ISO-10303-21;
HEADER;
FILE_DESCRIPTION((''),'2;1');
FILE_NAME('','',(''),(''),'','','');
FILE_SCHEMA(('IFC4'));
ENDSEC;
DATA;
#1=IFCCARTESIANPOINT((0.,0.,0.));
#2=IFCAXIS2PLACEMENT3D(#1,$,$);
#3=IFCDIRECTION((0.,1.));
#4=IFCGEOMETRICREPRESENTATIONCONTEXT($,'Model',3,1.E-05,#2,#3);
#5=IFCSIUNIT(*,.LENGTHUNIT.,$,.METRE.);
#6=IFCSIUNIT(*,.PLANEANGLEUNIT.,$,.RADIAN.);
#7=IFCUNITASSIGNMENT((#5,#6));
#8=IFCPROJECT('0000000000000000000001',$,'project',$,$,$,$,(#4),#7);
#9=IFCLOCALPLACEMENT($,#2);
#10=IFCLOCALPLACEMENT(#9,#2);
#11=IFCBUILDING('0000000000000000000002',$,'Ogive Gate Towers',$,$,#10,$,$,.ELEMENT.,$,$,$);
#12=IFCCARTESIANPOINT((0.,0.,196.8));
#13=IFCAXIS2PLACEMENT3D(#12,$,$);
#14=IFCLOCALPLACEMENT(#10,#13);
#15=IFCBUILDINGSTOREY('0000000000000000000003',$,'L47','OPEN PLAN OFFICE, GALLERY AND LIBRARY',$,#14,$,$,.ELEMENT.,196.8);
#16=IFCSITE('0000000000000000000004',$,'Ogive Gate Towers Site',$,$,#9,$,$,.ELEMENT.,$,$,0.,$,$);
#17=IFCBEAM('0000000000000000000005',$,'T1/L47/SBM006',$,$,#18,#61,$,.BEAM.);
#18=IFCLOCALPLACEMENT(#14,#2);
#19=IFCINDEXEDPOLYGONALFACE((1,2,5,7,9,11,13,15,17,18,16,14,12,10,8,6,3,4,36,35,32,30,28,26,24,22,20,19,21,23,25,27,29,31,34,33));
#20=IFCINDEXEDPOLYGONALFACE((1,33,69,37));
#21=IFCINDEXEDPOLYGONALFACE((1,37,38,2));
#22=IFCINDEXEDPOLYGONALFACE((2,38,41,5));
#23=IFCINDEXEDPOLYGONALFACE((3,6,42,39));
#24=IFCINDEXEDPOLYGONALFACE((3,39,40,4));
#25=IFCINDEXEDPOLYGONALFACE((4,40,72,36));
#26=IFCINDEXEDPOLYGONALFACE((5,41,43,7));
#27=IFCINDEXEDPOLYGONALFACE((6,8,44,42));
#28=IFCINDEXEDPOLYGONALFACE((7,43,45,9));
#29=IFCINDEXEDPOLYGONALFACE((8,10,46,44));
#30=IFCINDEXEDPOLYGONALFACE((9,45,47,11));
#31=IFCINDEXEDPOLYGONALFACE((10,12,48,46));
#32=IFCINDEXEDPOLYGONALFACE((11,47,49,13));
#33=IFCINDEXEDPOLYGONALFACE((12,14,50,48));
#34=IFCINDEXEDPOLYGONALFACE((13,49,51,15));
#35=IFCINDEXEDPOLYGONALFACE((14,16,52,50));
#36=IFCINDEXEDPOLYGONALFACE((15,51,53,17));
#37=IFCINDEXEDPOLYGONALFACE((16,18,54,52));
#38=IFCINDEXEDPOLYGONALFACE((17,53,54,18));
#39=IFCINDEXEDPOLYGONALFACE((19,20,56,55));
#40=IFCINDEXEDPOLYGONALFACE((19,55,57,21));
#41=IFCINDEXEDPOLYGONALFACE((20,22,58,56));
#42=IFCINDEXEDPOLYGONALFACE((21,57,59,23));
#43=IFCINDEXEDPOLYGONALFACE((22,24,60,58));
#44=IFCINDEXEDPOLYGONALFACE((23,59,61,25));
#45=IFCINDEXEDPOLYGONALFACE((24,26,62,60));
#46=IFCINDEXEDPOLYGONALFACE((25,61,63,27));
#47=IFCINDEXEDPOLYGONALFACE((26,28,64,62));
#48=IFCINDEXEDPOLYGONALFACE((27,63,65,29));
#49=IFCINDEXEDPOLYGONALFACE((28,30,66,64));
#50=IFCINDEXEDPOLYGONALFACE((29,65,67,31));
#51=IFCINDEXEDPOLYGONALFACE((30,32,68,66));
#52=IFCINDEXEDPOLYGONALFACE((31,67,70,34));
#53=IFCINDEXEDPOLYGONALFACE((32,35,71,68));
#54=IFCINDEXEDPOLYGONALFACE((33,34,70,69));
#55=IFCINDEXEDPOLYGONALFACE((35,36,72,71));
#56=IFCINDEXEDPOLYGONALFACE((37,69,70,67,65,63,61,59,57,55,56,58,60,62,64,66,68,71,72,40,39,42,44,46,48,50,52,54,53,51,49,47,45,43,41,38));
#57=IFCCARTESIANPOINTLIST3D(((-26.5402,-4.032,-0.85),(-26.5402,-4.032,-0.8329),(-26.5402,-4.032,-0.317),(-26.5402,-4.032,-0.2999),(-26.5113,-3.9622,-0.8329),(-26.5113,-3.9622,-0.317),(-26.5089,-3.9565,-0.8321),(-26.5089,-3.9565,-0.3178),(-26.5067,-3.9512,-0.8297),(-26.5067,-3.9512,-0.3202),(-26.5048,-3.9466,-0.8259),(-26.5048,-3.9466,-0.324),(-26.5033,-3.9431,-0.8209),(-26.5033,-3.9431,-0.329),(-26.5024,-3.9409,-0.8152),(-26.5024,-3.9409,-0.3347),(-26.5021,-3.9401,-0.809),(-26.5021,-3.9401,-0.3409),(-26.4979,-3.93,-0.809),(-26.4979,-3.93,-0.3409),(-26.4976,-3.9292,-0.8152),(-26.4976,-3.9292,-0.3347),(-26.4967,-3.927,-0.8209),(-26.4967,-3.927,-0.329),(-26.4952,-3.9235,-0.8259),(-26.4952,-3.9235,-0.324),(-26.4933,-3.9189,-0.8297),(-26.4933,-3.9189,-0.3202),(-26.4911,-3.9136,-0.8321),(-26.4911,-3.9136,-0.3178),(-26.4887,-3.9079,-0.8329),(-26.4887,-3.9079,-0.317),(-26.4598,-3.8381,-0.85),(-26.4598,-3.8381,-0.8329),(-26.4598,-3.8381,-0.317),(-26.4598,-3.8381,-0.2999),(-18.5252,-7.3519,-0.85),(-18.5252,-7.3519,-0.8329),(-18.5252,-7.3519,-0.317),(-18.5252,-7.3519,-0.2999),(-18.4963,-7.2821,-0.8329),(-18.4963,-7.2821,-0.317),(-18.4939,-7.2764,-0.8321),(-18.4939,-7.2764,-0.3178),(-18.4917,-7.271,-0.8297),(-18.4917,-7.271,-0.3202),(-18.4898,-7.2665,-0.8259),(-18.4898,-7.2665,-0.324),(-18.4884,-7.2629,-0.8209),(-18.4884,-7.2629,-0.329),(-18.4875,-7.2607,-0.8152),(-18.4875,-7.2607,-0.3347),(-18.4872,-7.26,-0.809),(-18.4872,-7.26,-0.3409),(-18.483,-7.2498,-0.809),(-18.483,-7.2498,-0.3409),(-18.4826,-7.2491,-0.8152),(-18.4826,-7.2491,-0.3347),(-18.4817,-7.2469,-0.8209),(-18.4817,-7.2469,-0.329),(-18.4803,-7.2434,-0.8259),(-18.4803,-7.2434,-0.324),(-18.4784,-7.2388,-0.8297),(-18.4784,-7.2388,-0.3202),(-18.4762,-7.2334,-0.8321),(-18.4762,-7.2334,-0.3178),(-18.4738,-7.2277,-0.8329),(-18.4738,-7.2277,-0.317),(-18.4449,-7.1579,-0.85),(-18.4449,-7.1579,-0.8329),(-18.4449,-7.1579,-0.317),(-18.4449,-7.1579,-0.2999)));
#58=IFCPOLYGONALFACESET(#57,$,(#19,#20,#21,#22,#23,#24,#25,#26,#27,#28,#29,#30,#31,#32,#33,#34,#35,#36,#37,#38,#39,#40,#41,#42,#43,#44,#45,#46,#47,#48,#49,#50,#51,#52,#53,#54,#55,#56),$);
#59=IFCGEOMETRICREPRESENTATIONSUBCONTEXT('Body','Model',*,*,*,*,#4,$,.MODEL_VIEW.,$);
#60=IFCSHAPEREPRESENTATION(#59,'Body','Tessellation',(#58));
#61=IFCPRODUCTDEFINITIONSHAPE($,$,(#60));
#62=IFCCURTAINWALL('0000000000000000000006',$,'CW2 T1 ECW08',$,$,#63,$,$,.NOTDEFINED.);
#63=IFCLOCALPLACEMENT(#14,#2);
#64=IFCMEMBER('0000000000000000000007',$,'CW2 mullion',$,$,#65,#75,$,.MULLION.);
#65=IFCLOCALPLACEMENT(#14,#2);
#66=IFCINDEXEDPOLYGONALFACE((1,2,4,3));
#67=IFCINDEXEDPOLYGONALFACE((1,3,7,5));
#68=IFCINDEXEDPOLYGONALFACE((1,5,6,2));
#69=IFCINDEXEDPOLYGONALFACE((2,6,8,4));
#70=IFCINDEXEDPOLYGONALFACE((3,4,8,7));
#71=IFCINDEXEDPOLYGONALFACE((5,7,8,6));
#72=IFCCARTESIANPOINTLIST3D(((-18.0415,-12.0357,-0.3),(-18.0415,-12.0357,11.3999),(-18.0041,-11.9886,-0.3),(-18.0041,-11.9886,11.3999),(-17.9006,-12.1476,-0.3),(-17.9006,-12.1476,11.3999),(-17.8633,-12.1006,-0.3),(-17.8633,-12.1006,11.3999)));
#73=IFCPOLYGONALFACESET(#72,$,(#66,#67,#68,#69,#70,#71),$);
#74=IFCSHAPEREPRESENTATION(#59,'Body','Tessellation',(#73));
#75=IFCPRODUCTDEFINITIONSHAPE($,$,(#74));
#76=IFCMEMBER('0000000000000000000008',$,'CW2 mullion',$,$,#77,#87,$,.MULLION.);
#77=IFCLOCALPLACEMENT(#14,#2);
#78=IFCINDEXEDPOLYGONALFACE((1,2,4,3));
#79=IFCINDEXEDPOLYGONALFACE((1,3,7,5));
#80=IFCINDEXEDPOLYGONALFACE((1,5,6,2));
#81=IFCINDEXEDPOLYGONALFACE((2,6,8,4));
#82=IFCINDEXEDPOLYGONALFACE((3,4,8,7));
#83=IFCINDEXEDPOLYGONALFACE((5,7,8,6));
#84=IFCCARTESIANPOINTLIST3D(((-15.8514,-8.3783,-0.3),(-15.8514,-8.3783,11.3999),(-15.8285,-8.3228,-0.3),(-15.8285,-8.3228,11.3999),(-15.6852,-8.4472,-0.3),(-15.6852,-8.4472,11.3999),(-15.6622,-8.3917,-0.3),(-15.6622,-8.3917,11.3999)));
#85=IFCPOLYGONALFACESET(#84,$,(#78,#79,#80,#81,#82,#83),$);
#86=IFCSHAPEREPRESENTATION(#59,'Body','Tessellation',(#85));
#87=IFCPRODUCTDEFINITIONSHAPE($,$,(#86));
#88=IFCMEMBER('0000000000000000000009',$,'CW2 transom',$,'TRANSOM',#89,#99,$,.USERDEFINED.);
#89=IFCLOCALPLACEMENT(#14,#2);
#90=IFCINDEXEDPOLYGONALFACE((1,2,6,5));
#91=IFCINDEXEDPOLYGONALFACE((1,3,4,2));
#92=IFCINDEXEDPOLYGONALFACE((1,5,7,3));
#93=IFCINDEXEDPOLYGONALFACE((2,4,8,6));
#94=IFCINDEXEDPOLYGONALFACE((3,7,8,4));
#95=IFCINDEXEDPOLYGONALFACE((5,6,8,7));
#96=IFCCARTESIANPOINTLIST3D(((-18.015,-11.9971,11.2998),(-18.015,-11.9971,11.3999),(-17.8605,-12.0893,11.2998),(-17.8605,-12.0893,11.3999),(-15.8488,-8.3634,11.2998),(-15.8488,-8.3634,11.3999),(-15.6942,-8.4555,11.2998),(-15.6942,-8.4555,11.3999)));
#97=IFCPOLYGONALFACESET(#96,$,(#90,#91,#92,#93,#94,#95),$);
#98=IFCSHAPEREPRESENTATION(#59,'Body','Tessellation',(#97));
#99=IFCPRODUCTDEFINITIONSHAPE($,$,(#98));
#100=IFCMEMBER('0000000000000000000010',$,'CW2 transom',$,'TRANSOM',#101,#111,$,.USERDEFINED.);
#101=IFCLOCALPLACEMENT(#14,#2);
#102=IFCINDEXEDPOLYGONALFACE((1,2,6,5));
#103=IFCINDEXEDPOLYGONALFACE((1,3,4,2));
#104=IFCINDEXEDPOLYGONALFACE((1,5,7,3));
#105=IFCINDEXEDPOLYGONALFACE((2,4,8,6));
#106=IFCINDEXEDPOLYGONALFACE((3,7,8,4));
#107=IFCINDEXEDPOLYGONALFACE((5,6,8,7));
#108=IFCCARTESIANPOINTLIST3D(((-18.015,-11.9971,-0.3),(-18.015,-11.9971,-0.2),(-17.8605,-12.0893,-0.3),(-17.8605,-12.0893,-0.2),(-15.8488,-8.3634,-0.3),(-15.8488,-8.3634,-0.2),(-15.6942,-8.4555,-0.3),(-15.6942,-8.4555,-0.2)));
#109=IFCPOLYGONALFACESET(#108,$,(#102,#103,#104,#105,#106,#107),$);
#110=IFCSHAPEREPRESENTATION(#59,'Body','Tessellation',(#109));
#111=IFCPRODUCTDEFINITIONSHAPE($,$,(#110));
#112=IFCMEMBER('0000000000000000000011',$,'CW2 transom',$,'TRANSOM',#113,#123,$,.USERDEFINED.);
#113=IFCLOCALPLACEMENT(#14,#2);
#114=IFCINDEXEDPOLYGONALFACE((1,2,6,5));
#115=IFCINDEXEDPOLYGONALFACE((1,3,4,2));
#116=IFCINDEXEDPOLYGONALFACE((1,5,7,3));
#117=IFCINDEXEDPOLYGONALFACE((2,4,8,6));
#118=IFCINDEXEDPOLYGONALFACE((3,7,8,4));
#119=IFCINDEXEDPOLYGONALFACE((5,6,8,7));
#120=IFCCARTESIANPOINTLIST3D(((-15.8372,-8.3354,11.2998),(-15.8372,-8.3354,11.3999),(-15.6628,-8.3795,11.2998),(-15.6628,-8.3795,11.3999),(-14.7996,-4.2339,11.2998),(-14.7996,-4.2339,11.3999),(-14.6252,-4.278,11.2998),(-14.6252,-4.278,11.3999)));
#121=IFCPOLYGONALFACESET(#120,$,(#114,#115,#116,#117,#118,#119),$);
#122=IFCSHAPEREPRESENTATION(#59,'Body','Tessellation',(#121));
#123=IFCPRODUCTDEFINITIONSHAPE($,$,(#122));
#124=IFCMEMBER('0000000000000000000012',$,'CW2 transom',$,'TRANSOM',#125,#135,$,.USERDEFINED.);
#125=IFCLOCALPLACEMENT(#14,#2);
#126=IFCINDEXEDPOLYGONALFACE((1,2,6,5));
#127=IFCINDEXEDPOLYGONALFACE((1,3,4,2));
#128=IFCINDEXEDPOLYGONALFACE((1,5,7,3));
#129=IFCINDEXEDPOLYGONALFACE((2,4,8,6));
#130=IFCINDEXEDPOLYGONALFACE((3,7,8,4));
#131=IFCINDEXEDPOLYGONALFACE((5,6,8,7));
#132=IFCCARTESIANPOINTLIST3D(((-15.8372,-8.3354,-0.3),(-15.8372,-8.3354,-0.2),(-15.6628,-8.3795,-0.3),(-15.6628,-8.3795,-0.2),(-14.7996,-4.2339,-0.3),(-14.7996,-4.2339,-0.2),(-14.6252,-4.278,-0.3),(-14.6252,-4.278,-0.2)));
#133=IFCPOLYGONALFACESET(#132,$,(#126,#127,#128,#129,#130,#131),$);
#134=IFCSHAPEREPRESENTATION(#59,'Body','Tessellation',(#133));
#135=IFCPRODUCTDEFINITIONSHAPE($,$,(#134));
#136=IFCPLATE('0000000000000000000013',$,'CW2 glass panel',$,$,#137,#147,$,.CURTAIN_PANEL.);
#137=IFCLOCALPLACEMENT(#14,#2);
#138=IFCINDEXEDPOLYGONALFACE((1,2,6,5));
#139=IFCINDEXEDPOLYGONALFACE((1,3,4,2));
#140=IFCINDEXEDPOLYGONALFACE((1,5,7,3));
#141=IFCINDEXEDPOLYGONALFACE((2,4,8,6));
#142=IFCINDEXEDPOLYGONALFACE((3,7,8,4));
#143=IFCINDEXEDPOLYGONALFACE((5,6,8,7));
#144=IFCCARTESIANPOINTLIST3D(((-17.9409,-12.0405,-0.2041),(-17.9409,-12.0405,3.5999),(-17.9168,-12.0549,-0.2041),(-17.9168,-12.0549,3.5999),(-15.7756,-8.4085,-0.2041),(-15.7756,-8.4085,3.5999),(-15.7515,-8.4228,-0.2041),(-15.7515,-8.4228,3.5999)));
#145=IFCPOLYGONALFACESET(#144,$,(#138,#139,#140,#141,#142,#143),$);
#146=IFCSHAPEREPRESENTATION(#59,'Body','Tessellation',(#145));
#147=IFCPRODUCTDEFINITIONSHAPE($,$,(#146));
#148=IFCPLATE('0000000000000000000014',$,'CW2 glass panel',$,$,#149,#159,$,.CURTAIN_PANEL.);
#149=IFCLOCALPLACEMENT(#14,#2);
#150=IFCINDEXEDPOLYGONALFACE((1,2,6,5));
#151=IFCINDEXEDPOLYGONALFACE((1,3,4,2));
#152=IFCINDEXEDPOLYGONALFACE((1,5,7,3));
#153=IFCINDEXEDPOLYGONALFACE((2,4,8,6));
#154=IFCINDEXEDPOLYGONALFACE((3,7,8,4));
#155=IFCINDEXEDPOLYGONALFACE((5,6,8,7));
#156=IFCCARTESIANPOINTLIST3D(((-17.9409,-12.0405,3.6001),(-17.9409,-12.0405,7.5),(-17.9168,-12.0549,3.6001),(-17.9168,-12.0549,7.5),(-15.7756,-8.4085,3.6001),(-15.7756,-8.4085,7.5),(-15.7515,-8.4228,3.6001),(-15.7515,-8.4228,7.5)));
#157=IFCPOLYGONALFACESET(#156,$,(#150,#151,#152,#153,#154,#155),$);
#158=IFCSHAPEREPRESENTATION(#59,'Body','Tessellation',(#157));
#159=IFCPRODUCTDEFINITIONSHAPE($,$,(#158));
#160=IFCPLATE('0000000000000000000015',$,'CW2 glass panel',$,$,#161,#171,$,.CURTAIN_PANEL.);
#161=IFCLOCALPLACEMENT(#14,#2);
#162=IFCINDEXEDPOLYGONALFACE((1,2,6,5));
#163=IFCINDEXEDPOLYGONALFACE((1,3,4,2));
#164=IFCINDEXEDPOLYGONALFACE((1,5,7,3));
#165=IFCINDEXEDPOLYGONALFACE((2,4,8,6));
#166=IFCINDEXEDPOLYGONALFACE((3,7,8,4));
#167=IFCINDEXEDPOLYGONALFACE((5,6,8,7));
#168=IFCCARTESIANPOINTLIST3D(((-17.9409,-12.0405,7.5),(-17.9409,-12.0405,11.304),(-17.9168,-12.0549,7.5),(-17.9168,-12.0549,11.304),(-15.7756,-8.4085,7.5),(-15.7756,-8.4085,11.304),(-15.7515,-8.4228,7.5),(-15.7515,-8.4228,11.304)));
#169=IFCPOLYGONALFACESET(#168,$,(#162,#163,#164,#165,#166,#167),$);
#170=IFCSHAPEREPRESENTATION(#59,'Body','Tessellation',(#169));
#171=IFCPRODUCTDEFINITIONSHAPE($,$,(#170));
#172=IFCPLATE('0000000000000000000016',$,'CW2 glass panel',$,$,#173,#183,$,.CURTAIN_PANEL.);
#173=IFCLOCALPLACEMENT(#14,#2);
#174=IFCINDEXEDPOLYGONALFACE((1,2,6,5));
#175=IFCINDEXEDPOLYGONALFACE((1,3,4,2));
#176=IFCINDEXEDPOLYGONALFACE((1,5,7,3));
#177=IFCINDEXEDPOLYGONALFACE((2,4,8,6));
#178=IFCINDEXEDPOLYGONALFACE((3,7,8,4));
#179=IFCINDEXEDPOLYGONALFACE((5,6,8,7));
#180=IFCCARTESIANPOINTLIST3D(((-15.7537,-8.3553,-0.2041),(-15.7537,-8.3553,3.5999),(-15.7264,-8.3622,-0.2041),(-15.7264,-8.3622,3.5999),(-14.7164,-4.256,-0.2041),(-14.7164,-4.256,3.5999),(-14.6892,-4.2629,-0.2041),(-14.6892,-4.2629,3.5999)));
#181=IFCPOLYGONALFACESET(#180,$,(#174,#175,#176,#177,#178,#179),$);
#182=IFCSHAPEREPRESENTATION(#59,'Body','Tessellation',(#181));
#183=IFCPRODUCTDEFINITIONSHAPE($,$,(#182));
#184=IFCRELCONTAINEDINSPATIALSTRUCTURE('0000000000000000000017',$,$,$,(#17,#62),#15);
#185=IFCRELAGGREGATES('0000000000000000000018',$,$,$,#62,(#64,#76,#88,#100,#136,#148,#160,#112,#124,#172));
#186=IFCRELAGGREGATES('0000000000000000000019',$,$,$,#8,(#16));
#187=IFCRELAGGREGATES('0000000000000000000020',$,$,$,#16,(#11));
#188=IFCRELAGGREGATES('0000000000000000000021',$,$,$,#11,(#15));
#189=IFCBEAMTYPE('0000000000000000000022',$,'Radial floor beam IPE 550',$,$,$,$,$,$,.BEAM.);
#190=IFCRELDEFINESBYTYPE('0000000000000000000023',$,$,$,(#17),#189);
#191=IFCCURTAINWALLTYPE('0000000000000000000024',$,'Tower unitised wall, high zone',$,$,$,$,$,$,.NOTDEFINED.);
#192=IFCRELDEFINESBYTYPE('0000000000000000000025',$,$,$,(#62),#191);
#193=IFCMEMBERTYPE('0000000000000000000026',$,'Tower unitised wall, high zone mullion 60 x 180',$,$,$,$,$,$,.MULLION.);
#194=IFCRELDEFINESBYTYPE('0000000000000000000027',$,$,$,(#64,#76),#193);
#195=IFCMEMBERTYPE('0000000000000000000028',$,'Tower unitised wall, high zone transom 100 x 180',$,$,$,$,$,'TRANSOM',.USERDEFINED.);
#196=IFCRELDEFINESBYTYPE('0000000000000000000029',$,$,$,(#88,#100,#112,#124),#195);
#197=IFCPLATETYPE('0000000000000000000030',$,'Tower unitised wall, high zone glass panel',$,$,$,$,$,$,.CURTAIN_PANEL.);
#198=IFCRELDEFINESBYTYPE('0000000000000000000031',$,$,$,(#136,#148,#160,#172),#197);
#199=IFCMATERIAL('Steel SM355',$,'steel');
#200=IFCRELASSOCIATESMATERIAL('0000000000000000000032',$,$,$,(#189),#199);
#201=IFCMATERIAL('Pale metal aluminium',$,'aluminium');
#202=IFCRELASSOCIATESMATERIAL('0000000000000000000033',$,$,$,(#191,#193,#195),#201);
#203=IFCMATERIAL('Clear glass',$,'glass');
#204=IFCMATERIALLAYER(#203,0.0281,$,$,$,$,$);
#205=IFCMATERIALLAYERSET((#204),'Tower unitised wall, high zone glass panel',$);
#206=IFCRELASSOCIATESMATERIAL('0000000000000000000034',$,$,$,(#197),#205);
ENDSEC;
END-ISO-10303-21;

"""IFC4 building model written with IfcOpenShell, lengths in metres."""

from ifc_helpers import new_model, si_unit, direction, frame, origin, origin_2d, place, context, subcontext, project, spatial, rectangle, i_section, extrude, material, layer, layer_set, material_profile, profile_set, type_object, element, aggregate, save


model = new_model("IFC4")

# Units and contexts
model_context = context("Model", 3, precision=1e-05, world=origin(), true_north=direction((0.0, 1.0)))
body_context = subcontext(model_context, "Body", "Model", "MODEL_VIEW")
ifc_project = project(units=[si_unit("LENGTHUNIT", "METRE"), si_unit("PLANEANGLEUNIT", "RADIAN")], contexts=[model_context])

# Site, building, storey
site_placement = place(None, origin())
site = spatial("IfcSite", under=ifc_project, at=site_placement, Name="Ogive Gate Towers Site", CompositionType="ELEMENT", RefElevation=0.0)
building_placement = place(site_placement, origin())
building = spatial("IfcBuilding", under=site, at=building_placement, Name="Ogive Gate Towers", CompositionType="ELEMENT")
storey_placement = place(building_placement, frame((0.0, 0.0, 196.8)))
storey = spatial("IfcBuildingStorey", under=building, at=storey_placement, Name="L47", Description="OPEN PLAN OFFICE, GALLERY AND LIBRARY", CompositionType="ELEMENT", Elevation=196.8)

# Beam
ifc_material_1 = material(Name="Steel SM355", Category="steel")
ifc_material_profile_1 = material_profile(ifc_material_1, i_section(OverallWidth=0.21, OverallDepth=0.55, WebThickness=0.011, FlangeThickness=0.0171, FilletRadius=0.0239, at=origin_2d()), Name="IPE 550")
ifc_profile_set_1 = profile_set([ifc_material_profile_1], Name="Steel SM355")
beam_type = type_object("IfcBeamType", Name="Radial floor beam IPE 550", PredefinedType="BEAM", material=ifc_profile_set_1)
beam_placement = place(storey_placement, frame((-26.5, -3.9351, -0.575), z_axis=(0.923882, -0.382678, 0.0), x_axis=(0.382678, 0.923882, 0.0)))
element("IfcBeam", 1, at=beam_placement, inside=storey, type_object=beam_type, Name="T1/L47/SBM006", PredefinedType="BEAM", context=body_context, shape_type="SweptSolid", body=[
    extrude(i_section(OverallWidth=0.21, OverallDepth=0.55, WebThickness=0.011, FlangeThickness=0.0171, FilletRadius=0.0239, at=origin_2d()), origin(), (0.0, 0.0, 1.0), 8.6753),
])

# Curtain wall, members, plates
ifc_material_2 = material(Name="Pale metal aluminium", Category="aluminium")
curtain_wall_type = type_object("IfcCurtainWallType", Name="Tower unitised wall, high zone", PredefinedType="NOTDEFINED", material=ifc_material_2)
curtain_wall_placement = place(storey_placement, origin())
curtain_wall = element("IfcCurtainWall", 2, at=curtain_wall_placement, inside=storey, type_object=curtain_wall_type, Name="CW2 T1 ECW08", PredefinedType="NOTDEFINED")
ifc_material_profile_2 = material_profile(ifc_material_2, rectangle(XDim=0.1799, YDim=0.0601, at=origin_2d()), Name="60 x 180 aluminium box")
ifc_profile_set_2 = profile_set([ifc_material_profile_2], Name="Pale metal aluminium")
member_type_1 = type_object("IfcMemberType", Name="Tower unitised wall, high zone mullion 60 x 180", PredefinedType="MULLION", material=ifc_profile_set_2)
member_1_placement = place(storey_placement, frame((-17.9524, -12.0681, -0.3), z_axis=(0.0, 0.0, 1.0), x_axis=(0.78288, -0.622173, 0.0)))
member_1 = element("IfcMember", 3, at=member_1_placement, type_object=member_type_1, Name="CW2 mullion", PredefinedType="MULLION", context=body_context, shape_type="SweptSolid", body=[
    extrude(rectangle(XDim=0.1799, YDim=0.0601, at=origin_2d()), origin(), (0.0, 0.0, 1.0), 11.7),
])
member_2_placement = place(storey_placement, frame((-15.7568, -8.385, -0.3), z_axis=(0.0, 0.0, 1.0), x_axis=(0.92388, -0.382683, 0.0)))
member_2 = element("IfcMember", 4, at=member_2_placement, type_object=member_type_1, Name="CW2 mullion", PredefinedType="MULLION", context=body_context, shape_type="SweptSolid", body=[
    extrude(rectangle(XDim=0.1799, YDim=0.0601, at=origin_2d()), origin(), (0.0, 0.0, 1.0), 11.7),
])
ifc_material_profile_3 = material_profile(ifc_material_2, rectangle(XDim=0.1799, YDim=0.1001, at=origin_2d()), Name="100 x 180 aluminium box")
ifc_profile_set_3 = profile_set([ifc_material_profile_3], Name="Pale metal aluminium")
member_type_2 = type_object("IfcMemberType", Name="Tower unitised wall, high zone transom 100 x 180", ElementType="TRANSOM", PredefinedType="USERDEFINED", material=ifc_profile_set_3)
member_3_placement = place(storey_placement, frame((-17.9377, -12.0432, 11.3499), z_axis=(0.512058, 0.858951, 0.0), x_axis=(-0.858951, 0.512058, 0.0)))
member_3 = element("IfcMember", 5, at=member_3_placement, type_object=member_type_2, Name="CW2 transom", ObjectType="TRANSOM", PredefinedType="USERDEFINED", context=body_context, shape_type="SweptSolid", body=[
    extrude(rectangle(XDim=0.1799, YDim=0.1001, at=origin_2d()), origin(), (0.0, 0.0, 1.0), 4.2305),
])
member_4_placement = place(storey_placement, frame((-17.9377, -12.0432, -0.25), z_axis=(0.512058, 0.858951, 0.0), x_axis=(-0.858951, 0.512058, 0.0)))
member_4 = element("IfcMember", 6, at=member_4_placement, type_object=member_type_2, Name="CW2 transom", ObjectType="TRANSOM", PredefinedType="USERDEFINED", context=body_context, shape_type="SweptSolid", body=[
    extrude(rectangle(XDim=0.1799, YDim=0.1001, at=origin_2d()), origin(), (0.0, 0.0, 1.0), 4.2305),
])
member_5_placement = place(storey_placement, frame((-15.75, -8.3574, 11.3499), z_axis=(0.24525, 0.96946, 0.0), x_axis=(-0.96946, 0.24525, 0.0)))
member_5 = element("IfcMember", 7, at=member_5_placement, type_object=member_type_2, Name="CW2 transom", ObjectType="TRANSOM", PredefinedType="USERDEFINED", context=body_context, shape_type="SweptSolid", body=[
    extrude(rectangle(XDim=0.1799, YDim=0.1001, at=origin_2d()), origin(), (0.0, 0.0, 1.0), 4.2307),
])
member_6_placement = place(storey_placement, frame((-15.75, -8.3574, -0.25), z_axis=(0.24525, 0.96946, 0.0), x_axis=(-0.96946, 0.24525, 0.0)))
member_6 = element("IfcMember", 8, at=member_6_placement, type_object=member_type_2, Name="CW2 transom", ObjectType="TRANSOM", PredefinedType="USERDEFINED", context=body_context, shape_type="SweptSolid", body=[
    extrude(rectangle(XDim=0.1799, YDim=0.1001, at=origin_2d()), origin(), (0.0, 0.0, 1.0), 4.2307),
])
ifc_material_3 = material(Name="Clear glass", Category="glass")
ifc_layer_1 = layer(ifc_material_3, 0.0281)
ifc_layer_set_1 = layer_set([ifc_layer_1], Name="Tower unitised wall, high zone glass panel")
plate_type = type_object("IfcPlateType", Name="Tower unitised wall, high zone glass panel", PredefinedType="CURTAIN_PANEL", material=ifc_layer_set_1)
plate_1_placement = place(storey_placement, frame((-16.8462, -10.2317, -0.2041), z_axis=(0.0, 0.0, 1.0), x_axis=(0.512058, 0.858951, 0.0)))
plate_1 = element("IfcPlate", 9, at=plate_1_placement, type_object=plate_type, Name="CW2 glass panel", PredefinedType="CURTAIN_PANEL", context=body_context, shape_type="SweptSolid", body=[
    extrude(rectangle(XDim=4.2285, YDim=0.0281, at=origin_2d()), origin(), (0.0, 0.0, 1.0), 3.804),
])
plate_2_placement = place(storey_placement, frame((-16.8462, -10.2317, 3.6001), z_axis=(0.0, 0.0, 1.0), x_axis=(0.512058, 0.858951, 0.0)))
plate_2 = element("IfcPlate", 10, at=plate_2_placement, type_object=plate_type, Name="CW2 glass panel", PredefinedType="CURTAIN_PANEL", context=body_context, shape_type="SweptSolid", body=[
    extrude(rectangle(XDim=4.2285, YDim=0.0281, at=origin_2d()), origin(), (0.0, 0.0, 1.0), 3.8999),
])
plate_3_placement = place(storey_placement, frame((-16.8462, -10.2317, 7.5), z_axis=(0.0, 0.0, 1.0), x_axis=(0.512058, 0.858951, 0.0)))
plate_3 = element("IfcPlate", 11, at=plate_3_placement, type_object=plate_type, Name="CW2 glass panel", PredefinedType="CURTAIN_PANEL", context=body_context, shape_type="SweptSolid", body=[
    extrude(rectangle(XDim=4.2285, YDim=0.0281, at=origin_2d()), origin(), (0.0, 0.0, 1.0), 3.804),
])
plate_4_placement = place(storey_placement, frame((-15.2214, -6.3091, -0.2041), z_axis=(0.0, 0.0, 1.0), x_axis=(0.24529, 0.96945, 0.0)))
plate_4 = element("IfcPlate", 12, at=plate_4_placement, type_object=plate_type, Name="CW2 glass panel", PredefinedType="CURTAIN_PANEL", context=body_context, shape_type="SweptSolid", body=[
    extrude(rectangle(XDim=4.2285, YDim=0.0281, at=origin_2d()), origin(), (0.0, 0.0, 1.0), 3.804),
])
aggregate(curtain_wall, [member_1, member_2, member_3, member_4, plate_1, plate_2, plate_3, member_5, member_6, plate_4])

save(model, "model.ifc")
